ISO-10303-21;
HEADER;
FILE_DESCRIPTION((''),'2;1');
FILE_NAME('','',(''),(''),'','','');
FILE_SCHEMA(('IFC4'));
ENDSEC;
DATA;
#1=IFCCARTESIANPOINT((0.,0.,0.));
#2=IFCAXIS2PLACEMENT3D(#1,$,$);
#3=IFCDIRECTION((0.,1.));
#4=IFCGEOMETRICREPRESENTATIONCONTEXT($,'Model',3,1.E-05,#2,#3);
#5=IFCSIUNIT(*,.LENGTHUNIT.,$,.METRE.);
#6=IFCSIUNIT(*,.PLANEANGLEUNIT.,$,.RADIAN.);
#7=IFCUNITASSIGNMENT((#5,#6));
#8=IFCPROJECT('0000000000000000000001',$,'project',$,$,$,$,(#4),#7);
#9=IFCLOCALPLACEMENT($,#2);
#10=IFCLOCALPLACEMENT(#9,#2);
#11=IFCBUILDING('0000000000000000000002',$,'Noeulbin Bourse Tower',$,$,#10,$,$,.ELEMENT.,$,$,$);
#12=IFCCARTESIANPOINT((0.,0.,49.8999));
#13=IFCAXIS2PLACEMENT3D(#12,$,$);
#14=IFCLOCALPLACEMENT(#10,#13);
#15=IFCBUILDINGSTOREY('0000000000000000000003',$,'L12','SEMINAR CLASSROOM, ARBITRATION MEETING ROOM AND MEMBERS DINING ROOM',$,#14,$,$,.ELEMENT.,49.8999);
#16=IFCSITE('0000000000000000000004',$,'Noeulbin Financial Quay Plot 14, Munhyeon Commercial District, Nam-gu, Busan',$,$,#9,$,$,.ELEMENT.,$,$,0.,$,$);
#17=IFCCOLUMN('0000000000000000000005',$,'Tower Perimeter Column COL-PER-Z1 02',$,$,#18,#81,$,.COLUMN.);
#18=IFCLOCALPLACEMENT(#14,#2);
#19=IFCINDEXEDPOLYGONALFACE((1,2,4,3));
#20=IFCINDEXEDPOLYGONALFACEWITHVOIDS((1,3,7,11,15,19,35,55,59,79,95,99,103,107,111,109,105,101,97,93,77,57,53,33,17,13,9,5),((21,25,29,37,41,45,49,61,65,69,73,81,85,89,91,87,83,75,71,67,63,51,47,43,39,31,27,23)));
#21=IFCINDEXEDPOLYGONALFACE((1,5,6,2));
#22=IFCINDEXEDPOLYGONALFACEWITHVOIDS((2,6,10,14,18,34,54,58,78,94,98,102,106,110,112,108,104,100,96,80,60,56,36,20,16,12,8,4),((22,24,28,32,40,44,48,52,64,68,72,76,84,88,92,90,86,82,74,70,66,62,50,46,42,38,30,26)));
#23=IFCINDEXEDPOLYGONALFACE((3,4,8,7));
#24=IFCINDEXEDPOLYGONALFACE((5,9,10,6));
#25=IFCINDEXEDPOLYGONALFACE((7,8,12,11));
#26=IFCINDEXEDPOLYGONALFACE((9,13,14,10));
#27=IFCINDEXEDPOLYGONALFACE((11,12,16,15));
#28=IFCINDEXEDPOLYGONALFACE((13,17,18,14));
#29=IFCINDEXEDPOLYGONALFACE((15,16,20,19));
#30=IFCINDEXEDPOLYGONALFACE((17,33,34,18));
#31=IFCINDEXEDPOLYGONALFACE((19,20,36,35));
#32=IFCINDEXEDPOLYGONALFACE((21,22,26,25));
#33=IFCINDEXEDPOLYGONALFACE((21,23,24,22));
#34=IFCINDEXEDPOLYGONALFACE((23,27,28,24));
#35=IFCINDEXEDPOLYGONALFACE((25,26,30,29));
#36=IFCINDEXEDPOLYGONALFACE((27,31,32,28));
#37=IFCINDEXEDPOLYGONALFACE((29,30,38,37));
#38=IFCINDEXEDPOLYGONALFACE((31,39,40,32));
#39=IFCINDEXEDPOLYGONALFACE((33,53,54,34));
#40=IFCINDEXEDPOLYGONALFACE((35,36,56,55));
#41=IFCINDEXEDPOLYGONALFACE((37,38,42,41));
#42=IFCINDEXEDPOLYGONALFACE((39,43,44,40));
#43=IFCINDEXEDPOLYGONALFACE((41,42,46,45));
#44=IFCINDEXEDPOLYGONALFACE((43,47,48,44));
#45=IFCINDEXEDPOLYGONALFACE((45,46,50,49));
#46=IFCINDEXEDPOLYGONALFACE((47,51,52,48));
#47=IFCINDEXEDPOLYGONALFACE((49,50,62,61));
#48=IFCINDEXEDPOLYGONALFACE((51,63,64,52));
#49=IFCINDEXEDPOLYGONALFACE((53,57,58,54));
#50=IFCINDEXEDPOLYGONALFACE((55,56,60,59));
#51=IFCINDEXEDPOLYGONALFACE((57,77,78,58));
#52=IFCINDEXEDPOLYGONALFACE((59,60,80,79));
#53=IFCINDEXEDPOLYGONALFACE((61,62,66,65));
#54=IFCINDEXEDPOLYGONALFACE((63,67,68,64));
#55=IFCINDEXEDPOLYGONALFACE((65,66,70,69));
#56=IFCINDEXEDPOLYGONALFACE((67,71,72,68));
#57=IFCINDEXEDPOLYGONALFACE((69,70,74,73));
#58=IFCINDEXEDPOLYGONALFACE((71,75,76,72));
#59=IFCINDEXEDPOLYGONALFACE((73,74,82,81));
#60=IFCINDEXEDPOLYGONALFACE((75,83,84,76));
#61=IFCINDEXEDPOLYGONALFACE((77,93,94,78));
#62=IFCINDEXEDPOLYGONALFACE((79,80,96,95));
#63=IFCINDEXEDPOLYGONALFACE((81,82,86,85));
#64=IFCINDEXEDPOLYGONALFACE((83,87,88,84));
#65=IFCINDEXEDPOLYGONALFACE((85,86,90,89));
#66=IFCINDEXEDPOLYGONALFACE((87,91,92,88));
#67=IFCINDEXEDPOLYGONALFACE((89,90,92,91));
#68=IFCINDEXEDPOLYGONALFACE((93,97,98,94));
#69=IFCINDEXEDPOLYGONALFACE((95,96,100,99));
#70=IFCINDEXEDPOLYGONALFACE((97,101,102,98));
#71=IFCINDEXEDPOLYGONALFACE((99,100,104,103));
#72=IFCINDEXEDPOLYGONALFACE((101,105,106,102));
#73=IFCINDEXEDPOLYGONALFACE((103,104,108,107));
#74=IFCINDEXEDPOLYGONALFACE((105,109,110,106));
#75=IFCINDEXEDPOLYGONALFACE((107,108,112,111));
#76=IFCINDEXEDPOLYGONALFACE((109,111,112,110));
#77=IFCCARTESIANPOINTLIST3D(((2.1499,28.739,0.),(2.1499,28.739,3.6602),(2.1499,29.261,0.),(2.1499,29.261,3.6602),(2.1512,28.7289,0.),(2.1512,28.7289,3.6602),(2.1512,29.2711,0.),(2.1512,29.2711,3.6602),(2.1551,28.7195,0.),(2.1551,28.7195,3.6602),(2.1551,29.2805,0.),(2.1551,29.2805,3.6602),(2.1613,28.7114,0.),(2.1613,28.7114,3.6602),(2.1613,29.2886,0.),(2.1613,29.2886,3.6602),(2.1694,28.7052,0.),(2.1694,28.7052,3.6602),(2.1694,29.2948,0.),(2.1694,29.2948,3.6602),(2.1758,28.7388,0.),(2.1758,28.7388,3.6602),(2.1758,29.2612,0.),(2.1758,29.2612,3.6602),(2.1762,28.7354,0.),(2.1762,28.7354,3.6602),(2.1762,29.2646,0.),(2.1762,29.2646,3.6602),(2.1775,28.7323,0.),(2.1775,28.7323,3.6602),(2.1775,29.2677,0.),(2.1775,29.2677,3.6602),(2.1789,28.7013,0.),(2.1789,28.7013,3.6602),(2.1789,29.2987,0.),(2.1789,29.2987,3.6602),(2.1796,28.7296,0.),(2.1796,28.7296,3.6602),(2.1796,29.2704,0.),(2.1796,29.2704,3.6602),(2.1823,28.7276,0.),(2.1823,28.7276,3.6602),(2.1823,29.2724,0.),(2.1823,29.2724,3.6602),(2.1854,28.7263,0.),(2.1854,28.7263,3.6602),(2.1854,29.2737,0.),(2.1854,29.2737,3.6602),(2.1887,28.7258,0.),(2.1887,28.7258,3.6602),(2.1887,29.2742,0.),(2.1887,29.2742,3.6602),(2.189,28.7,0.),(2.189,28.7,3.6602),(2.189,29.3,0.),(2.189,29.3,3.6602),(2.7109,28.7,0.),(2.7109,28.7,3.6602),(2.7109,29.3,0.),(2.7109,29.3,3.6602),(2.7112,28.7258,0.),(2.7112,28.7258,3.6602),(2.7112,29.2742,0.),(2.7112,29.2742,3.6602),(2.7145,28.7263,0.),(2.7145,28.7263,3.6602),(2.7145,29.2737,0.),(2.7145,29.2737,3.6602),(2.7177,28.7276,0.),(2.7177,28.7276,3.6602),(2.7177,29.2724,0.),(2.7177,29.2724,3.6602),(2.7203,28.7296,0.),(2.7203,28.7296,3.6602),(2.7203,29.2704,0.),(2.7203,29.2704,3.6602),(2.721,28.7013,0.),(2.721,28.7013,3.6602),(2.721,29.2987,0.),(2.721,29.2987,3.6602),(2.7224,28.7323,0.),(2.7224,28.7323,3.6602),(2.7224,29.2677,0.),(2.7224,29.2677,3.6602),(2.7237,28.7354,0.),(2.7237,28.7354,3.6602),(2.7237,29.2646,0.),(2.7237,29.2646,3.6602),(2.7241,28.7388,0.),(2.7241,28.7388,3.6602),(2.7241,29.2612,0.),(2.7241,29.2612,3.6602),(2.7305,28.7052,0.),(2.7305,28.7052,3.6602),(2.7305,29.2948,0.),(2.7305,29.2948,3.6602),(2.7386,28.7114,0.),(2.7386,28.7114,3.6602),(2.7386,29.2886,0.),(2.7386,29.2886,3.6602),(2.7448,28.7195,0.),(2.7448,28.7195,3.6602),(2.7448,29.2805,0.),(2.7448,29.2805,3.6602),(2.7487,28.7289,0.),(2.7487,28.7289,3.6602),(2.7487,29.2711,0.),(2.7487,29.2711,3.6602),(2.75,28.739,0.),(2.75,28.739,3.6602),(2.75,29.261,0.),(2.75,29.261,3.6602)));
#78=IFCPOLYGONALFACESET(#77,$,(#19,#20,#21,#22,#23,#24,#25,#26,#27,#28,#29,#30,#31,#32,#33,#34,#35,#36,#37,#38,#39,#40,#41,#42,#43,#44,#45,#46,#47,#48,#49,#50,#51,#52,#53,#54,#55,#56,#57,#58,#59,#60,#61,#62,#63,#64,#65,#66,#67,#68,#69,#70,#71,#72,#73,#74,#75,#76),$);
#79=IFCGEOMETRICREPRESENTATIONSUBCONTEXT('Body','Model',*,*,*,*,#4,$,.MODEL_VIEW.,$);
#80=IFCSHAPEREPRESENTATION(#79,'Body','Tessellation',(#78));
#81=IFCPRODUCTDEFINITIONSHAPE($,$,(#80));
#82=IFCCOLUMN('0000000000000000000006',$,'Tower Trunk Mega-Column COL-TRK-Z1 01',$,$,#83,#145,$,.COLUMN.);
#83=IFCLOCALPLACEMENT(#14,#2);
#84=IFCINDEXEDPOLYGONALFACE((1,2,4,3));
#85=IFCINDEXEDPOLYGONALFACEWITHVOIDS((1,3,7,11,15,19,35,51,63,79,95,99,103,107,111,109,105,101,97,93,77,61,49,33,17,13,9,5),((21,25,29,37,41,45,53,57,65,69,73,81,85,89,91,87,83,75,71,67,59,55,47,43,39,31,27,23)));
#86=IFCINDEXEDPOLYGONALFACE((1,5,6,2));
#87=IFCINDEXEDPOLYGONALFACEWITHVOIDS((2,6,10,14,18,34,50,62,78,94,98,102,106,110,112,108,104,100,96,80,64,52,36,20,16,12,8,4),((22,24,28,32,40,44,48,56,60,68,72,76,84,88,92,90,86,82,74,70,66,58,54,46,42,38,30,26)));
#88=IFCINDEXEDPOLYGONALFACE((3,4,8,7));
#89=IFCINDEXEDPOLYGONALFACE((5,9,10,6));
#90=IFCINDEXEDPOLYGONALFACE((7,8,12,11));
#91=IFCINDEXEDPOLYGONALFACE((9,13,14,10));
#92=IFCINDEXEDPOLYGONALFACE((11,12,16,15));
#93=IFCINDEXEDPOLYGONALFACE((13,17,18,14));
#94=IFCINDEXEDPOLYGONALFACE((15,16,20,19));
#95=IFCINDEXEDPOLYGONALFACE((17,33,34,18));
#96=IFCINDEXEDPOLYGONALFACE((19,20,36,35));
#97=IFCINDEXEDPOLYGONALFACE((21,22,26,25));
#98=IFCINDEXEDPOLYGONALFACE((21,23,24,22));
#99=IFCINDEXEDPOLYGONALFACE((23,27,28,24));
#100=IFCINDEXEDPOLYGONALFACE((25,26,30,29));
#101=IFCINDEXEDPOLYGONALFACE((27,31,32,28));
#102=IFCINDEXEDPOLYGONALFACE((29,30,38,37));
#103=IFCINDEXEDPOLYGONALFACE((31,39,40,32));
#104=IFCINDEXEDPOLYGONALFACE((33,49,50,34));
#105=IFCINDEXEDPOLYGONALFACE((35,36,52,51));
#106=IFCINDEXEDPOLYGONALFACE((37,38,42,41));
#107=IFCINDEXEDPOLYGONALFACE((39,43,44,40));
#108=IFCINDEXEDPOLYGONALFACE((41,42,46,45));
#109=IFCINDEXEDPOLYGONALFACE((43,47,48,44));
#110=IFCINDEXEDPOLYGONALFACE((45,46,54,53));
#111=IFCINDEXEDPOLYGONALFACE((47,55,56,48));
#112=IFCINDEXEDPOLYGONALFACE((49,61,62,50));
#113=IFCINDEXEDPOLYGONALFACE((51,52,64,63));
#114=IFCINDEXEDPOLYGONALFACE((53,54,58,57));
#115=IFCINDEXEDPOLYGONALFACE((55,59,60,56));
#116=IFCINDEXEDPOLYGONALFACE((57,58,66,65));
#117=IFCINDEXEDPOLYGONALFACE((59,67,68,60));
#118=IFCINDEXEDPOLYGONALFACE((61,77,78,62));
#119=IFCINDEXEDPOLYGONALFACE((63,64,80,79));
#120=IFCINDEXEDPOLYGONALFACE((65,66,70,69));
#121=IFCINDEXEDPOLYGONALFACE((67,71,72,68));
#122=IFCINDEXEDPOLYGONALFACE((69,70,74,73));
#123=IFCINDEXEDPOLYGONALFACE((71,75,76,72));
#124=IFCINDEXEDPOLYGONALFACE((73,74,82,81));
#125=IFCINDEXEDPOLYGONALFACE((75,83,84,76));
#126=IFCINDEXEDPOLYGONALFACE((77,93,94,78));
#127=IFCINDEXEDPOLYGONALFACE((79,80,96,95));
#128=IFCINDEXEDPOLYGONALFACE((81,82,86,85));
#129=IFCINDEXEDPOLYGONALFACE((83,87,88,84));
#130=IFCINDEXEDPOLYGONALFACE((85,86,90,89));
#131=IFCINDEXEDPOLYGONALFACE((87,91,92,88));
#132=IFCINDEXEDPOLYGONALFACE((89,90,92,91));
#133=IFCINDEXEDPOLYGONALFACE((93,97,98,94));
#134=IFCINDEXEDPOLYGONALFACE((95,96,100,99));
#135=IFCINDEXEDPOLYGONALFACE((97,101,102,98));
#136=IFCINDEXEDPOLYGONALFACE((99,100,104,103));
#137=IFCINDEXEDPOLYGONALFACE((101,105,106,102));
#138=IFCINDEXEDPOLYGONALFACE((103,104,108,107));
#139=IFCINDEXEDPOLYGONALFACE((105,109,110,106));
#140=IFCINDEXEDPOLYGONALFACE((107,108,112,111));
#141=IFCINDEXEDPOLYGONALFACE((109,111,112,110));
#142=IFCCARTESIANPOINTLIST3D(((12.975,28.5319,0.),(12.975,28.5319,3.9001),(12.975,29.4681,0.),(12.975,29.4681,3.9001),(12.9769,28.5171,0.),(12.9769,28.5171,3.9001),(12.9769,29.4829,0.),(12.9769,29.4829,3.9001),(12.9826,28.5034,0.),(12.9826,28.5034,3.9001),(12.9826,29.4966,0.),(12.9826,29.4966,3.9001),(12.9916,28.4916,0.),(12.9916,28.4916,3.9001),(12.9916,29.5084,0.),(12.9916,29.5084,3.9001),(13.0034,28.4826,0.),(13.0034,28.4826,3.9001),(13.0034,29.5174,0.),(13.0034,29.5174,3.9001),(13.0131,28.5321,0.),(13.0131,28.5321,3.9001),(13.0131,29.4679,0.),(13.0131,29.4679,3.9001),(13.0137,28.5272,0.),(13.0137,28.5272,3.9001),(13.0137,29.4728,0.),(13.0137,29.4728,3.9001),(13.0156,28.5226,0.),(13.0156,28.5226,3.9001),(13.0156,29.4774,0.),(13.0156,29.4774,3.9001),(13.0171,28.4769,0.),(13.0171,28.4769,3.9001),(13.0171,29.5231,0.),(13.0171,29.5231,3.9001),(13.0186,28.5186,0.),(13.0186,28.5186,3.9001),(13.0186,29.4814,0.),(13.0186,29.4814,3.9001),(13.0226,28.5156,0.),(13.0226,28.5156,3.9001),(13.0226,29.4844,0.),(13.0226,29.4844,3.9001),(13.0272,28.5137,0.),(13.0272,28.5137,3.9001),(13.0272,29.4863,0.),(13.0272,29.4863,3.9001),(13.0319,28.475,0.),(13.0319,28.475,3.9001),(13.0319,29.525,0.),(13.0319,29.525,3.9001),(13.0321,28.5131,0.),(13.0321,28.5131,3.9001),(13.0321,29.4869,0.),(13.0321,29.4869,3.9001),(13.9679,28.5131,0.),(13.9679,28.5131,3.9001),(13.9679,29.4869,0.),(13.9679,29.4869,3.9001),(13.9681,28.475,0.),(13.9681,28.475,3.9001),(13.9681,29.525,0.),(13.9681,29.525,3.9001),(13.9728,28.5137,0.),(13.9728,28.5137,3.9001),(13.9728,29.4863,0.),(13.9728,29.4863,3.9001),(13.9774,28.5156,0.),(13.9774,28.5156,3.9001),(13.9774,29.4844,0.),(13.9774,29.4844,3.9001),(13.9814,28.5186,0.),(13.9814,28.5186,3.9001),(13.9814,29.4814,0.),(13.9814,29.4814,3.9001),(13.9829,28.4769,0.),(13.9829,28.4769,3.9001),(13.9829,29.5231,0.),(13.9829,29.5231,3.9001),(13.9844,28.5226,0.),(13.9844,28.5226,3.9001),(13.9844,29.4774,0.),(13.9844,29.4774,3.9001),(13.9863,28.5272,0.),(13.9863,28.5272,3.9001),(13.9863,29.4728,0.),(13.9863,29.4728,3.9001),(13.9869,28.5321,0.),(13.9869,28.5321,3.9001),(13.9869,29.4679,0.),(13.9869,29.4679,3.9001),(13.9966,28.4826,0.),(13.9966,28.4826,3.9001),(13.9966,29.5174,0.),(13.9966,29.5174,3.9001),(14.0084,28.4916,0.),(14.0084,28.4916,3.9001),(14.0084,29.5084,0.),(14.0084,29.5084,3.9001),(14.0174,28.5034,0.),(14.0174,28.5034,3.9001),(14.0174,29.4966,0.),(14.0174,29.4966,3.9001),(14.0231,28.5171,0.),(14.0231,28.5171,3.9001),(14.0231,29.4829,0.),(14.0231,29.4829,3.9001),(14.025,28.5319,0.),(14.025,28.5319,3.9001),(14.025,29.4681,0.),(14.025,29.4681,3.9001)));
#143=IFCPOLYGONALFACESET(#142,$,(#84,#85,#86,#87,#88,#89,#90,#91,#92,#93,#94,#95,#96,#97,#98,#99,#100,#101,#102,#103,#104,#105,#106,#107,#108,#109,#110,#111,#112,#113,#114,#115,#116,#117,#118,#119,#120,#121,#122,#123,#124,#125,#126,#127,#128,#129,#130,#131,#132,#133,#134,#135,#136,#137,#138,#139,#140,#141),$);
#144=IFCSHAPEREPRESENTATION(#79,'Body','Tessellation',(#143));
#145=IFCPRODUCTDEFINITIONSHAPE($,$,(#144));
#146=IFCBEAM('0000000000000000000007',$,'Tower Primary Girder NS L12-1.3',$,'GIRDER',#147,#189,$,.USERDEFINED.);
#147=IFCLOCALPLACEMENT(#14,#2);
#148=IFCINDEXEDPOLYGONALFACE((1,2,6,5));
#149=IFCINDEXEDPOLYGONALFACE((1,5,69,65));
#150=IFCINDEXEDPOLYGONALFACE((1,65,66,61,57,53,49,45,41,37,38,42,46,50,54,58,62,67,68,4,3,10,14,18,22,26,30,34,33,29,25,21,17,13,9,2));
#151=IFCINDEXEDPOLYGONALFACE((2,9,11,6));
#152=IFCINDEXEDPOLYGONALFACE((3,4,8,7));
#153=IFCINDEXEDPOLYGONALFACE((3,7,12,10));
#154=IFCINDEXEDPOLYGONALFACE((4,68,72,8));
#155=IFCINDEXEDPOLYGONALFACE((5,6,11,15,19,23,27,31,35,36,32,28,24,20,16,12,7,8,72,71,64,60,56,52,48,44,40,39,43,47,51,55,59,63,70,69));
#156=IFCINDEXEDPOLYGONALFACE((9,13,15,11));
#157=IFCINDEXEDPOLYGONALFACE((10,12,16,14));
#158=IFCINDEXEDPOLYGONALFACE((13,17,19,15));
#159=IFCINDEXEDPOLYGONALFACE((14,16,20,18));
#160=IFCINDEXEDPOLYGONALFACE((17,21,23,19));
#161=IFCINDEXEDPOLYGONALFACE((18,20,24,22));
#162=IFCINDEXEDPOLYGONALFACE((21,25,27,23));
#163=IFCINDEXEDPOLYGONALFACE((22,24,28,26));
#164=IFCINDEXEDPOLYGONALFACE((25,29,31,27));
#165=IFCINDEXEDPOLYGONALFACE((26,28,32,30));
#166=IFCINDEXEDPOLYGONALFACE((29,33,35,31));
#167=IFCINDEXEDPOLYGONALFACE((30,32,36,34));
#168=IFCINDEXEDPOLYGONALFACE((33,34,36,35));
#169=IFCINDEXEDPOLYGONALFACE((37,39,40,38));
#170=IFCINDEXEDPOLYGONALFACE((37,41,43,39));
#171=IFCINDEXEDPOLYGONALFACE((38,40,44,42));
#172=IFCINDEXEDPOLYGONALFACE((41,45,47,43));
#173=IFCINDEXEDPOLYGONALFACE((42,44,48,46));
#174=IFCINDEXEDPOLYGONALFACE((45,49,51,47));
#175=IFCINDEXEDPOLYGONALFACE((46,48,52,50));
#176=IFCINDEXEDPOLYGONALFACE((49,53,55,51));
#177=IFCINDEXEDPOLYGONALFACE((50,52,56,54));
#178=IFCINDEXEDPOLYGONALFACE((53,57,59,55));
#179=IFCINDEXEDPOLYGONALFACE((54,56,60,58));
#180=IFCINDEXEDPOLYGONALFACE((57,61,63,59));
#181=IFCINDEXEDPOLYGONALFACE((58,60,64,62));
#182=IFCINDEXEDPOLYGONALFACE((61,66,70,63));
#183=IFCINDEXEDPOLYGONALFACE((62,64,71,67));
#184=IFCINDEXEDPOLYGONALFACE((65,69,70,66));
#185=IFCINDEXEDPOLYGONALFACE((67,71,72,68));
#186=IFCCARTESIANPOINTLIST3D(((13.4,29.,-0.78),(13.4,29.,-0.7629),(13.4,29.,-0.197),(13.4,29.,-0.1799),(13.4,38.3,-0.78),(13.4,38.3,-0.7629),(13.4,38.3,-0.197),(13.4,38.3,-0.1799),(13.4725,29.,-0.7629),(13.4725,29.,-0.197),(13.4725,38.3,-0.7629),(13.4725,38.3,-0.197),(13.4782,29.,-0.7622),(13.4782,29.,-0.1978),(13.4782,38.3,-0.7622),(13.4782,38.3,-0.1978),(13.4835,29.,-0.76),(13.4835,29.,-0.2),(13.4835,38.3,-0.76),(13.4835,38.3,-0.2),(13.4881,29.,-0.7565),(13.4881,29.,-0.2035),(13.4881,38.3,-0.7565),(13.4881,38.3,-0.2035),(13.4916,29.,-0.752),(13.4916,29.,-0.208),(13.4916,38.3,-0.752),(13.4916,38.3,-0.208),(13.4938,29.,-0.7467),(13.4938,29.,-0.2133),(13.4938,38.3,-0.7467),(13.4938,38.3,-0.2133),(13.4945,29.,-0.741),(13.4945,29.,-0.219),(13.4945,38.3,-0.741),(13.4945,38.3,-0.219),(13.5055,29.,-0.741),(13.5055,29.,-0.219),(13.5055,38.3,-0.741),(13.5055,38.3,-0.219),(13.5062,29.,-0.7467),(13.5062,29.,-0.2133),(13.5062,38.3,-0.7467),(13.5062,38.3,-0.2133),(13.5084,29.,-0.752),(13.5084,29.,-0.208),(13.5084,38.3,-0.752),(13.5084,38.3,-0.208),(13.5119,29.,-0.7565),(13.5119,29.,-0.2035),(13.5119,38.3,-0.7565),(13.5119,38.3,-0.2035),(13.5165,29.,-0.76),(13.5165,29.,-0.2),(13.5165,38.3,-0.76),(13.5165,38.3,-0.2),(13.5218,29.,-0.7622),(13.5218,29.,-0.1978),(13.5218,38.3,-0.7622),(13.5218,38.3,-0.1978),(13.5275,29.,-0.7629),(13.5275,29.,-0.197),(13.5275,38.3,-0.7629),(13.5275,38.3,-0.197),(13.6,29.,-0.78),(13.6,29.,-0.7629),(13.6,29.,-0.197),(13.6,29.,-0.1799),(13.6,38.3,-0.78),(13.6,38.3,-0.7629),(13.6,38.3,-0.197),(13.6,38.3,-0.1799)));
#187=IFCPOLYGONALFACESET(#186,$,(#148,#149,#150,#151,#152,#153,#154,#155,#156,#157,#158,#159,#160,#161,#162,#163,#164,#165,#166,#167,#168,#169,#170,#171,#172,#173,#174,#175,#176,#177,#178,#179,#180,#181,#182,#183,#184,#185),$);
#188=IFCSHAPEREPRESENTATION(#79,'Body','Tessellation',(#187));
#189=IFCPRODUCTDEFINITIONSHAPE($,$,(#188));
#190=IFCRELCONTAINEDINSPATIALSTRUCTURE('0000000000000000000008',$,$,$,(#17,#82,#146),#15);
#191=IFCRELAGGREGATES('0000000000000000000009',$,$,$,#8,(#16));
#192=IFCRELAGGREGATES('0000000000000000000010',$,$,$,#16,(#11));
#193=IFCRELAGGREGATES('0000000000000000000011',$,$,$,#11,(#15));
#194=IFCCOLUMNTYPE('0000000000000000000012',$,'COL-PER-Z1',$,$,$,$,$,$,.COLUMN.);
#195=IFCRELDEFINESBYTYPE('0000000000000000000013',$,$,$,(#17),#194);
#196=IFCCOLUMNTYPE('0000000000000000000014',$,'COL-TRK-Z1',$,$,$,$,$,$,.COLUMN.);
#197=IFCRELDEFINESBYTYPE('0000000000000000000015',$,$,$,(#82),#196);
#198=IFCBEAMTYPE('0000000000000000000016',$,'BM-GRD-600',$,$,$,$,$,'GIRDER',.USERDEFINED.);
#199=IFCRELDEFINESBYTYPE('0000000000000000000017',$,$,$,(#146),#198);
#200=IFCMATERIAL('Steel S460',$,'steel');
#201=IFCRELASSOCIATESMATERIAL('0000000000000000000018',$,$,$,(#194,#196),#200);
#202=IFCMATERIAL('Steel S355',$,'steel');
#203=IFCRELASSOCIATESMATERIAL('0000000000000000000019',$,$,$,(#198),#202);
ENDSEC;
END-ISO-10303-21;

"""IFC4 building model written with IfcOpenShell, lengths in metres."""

from ifc_helpers import new_model, si_unit, direction, frame, origin, origin_2d, place, context, subcontext, project, spatial, hollow_rectangle, i_section, extrude, material, material_profile, profile_set, type_object, element, save


model = new_model("IFC4")

# Units and contexts
model_context = context("Model", 3, precision=1e-05, world=origin(), true_north=direction((0.0, 1.0)))
body_context = subcontext(model_context, "Body", "Model", "MODEL_VIEW")
ifc_project = project(units=[si_unit("LENGTHUNIT", "METRE"), si_unit("PLANEANGLEUNIT", "RADIAN")], contexts=[model_context])

# Site, building, storey
site_placement = place(None, origin())
site = spatial("IfcSite", under=ifc_project, at=site_placement, Name="Noeulbin Financial Quay Plot 14, Munhyeon Commercial District, Nam-gu, Busan", CompositionType="ELEMENT", RefElevation=0.0)
building_placement = place(site_placement, origin())
building = spatial("IfcBuilding", under=site, at=building_placement, Name="Noeulbin Bourse Tower", CompositionType="ELEMENT")
storey_placement = place(building_placement, frame((0.0, 0.0, 49.8999)))
storey = spatial("IfcBuildingStorey", under=building, at=storey_placement, Name="L12", Description="SEMINAR CLASSROOM, ARBITRATION MEETING ROOM AND MEMBERS DINING ROOM", CompositionType="ELEMENT", Elevation=49.8999)

# Columns
ifc_material_1 = material(Name="Steel S460", Category="steel")
ifc_material_profile_1 = material_profile(ifc_material_1, hollow_rectangle(XDim=0.6001, YDim=0.6001, WallThickness=0.0259, InnerFilletRadius=0.0129, OuterFilletRadius=0.0391, at=origin_2d()), Name="BOX-600x600x26", Category="LoadBearing")
ifc_profile_set_1 = profile_set([ifc_material_profile_1], Name="Steel S460")
column_type_1 = type_object("IfcColumnType", Name="COL-PER-Z1", PredefinedType="COLUMN", material=ifc_profile_set_1)
column_1_placement = place(storey_placement, frame((2.45, 29.0, 0.0), z_axis=(0.0, 0.0, 1.0), x_axis=(1.0, 0.0, 0.0)))
element("IfcColumn", 1, at=column_1_placement, inside=storey, type_object=column_type_1, Name="Tower Perimeter Column COL-PER-Z1 02", PredefinedType="COLUMN", context=body_context, shape_type="SweptSolid", body=[
    extrude(hollow_rectangle(XDim=0.6001, YDim=0.6001, WallThickness=0.0259, InnerFilletRadius=0.0129, OuterFilletRadius=0.0391, at=origin_2d()), origin(), (0.0, 0.0, 1.0), 3.6602),
])
ifc_material_profile_2 = material_profile(ifc_material_1, hollow_rectangle(XDim=1.05, YDim=1.05, WallThickness=0.0381, InnerFilletRadius=0.019, OuterFilletRadius=0.0569, at=origin_2d()), Name="BOX-1050x1050x38", Category="LoadBearing")
ifc_profile_set_2 = profile_set([ifc_material_profile_2], Name="Steel S460")
column_type_2 = type_object("IfcColumnType", Name="COL-TRK-Z1", PredefinedType="COLUMN", material=ifc_profile_set_2)
column_2_placement = place(storey_placement, frame((13.5, 29.0, 0.0), z_axis=(0.0, 0.0, 1.0), x_axis=(1.0, 0.0, 0.0)))
element("IfcColumn", 2, at=column_2_placement, inside=storey, type_object=column_type_2, Name="Tower Trunk Mega-Column COL-TRK-Z1 01", PredefinedType="COLUMN", context=body_context, shape_type="SweptSolid", body=[
    extrude(hollow_rectangle(XDim=1.05, YDim=1.05, WallThickness=0.0381, InnerFilletRadius=0.019, OuterFilletRadius=0.0569, at=origin_2d()), origin(), (0.0, 0.0, 1.0), 3.9001),
])

# Beam
ifc_material_2 = material(Name="Steel S355", Category="steel")
ifc_material_profile_3 = material_profile(ifc_material_2, i_section(OverallWidth=0.2, OverallDepth=0.6001, WebThickness=0.011, FlangeThickness=0.0171, FilletRadius=0.022, at=origin_2d()), Name="H-600x200x11x17", Category="LoadBearing")
ifc_profile_set_3 = profile_set([ifc_material_profile_3], Name="Steel S355")
beam_type_1 = type_object("IfcBeamType", Name="BM-GRD-600", ElementType="GIRDER", PredefinedType="USERDEFINED", material=ifc_profile_set_3)
beam_1_placement = place(storey_placement, frame((13.5, 29.0, -0.48), z_axis=(0.0, 1.0, 0.0), x_axis=(-1.0, 0.0, 0.0)))
element("IfcBeam", 3, at=beam_1_placement, inside=storey, type_object=beam_type_1, Name="Tower Primary Girder NS L12-1.3", ObjectType="GIRDER", PredefinedType="USERDEFINED", context=body_context, shape_type="SweptSolid", body=[
    extrude(i_section(OverallWidth=0.2, OverallDepth=0.6001, WebThickness=0.011, FlangeThickness=0.0171, FilletRadius=0.022, at=origin_2d()), origin(), (0.0, 0.0, 1.0), 9.3),
])

save(model, "model.ifc")
